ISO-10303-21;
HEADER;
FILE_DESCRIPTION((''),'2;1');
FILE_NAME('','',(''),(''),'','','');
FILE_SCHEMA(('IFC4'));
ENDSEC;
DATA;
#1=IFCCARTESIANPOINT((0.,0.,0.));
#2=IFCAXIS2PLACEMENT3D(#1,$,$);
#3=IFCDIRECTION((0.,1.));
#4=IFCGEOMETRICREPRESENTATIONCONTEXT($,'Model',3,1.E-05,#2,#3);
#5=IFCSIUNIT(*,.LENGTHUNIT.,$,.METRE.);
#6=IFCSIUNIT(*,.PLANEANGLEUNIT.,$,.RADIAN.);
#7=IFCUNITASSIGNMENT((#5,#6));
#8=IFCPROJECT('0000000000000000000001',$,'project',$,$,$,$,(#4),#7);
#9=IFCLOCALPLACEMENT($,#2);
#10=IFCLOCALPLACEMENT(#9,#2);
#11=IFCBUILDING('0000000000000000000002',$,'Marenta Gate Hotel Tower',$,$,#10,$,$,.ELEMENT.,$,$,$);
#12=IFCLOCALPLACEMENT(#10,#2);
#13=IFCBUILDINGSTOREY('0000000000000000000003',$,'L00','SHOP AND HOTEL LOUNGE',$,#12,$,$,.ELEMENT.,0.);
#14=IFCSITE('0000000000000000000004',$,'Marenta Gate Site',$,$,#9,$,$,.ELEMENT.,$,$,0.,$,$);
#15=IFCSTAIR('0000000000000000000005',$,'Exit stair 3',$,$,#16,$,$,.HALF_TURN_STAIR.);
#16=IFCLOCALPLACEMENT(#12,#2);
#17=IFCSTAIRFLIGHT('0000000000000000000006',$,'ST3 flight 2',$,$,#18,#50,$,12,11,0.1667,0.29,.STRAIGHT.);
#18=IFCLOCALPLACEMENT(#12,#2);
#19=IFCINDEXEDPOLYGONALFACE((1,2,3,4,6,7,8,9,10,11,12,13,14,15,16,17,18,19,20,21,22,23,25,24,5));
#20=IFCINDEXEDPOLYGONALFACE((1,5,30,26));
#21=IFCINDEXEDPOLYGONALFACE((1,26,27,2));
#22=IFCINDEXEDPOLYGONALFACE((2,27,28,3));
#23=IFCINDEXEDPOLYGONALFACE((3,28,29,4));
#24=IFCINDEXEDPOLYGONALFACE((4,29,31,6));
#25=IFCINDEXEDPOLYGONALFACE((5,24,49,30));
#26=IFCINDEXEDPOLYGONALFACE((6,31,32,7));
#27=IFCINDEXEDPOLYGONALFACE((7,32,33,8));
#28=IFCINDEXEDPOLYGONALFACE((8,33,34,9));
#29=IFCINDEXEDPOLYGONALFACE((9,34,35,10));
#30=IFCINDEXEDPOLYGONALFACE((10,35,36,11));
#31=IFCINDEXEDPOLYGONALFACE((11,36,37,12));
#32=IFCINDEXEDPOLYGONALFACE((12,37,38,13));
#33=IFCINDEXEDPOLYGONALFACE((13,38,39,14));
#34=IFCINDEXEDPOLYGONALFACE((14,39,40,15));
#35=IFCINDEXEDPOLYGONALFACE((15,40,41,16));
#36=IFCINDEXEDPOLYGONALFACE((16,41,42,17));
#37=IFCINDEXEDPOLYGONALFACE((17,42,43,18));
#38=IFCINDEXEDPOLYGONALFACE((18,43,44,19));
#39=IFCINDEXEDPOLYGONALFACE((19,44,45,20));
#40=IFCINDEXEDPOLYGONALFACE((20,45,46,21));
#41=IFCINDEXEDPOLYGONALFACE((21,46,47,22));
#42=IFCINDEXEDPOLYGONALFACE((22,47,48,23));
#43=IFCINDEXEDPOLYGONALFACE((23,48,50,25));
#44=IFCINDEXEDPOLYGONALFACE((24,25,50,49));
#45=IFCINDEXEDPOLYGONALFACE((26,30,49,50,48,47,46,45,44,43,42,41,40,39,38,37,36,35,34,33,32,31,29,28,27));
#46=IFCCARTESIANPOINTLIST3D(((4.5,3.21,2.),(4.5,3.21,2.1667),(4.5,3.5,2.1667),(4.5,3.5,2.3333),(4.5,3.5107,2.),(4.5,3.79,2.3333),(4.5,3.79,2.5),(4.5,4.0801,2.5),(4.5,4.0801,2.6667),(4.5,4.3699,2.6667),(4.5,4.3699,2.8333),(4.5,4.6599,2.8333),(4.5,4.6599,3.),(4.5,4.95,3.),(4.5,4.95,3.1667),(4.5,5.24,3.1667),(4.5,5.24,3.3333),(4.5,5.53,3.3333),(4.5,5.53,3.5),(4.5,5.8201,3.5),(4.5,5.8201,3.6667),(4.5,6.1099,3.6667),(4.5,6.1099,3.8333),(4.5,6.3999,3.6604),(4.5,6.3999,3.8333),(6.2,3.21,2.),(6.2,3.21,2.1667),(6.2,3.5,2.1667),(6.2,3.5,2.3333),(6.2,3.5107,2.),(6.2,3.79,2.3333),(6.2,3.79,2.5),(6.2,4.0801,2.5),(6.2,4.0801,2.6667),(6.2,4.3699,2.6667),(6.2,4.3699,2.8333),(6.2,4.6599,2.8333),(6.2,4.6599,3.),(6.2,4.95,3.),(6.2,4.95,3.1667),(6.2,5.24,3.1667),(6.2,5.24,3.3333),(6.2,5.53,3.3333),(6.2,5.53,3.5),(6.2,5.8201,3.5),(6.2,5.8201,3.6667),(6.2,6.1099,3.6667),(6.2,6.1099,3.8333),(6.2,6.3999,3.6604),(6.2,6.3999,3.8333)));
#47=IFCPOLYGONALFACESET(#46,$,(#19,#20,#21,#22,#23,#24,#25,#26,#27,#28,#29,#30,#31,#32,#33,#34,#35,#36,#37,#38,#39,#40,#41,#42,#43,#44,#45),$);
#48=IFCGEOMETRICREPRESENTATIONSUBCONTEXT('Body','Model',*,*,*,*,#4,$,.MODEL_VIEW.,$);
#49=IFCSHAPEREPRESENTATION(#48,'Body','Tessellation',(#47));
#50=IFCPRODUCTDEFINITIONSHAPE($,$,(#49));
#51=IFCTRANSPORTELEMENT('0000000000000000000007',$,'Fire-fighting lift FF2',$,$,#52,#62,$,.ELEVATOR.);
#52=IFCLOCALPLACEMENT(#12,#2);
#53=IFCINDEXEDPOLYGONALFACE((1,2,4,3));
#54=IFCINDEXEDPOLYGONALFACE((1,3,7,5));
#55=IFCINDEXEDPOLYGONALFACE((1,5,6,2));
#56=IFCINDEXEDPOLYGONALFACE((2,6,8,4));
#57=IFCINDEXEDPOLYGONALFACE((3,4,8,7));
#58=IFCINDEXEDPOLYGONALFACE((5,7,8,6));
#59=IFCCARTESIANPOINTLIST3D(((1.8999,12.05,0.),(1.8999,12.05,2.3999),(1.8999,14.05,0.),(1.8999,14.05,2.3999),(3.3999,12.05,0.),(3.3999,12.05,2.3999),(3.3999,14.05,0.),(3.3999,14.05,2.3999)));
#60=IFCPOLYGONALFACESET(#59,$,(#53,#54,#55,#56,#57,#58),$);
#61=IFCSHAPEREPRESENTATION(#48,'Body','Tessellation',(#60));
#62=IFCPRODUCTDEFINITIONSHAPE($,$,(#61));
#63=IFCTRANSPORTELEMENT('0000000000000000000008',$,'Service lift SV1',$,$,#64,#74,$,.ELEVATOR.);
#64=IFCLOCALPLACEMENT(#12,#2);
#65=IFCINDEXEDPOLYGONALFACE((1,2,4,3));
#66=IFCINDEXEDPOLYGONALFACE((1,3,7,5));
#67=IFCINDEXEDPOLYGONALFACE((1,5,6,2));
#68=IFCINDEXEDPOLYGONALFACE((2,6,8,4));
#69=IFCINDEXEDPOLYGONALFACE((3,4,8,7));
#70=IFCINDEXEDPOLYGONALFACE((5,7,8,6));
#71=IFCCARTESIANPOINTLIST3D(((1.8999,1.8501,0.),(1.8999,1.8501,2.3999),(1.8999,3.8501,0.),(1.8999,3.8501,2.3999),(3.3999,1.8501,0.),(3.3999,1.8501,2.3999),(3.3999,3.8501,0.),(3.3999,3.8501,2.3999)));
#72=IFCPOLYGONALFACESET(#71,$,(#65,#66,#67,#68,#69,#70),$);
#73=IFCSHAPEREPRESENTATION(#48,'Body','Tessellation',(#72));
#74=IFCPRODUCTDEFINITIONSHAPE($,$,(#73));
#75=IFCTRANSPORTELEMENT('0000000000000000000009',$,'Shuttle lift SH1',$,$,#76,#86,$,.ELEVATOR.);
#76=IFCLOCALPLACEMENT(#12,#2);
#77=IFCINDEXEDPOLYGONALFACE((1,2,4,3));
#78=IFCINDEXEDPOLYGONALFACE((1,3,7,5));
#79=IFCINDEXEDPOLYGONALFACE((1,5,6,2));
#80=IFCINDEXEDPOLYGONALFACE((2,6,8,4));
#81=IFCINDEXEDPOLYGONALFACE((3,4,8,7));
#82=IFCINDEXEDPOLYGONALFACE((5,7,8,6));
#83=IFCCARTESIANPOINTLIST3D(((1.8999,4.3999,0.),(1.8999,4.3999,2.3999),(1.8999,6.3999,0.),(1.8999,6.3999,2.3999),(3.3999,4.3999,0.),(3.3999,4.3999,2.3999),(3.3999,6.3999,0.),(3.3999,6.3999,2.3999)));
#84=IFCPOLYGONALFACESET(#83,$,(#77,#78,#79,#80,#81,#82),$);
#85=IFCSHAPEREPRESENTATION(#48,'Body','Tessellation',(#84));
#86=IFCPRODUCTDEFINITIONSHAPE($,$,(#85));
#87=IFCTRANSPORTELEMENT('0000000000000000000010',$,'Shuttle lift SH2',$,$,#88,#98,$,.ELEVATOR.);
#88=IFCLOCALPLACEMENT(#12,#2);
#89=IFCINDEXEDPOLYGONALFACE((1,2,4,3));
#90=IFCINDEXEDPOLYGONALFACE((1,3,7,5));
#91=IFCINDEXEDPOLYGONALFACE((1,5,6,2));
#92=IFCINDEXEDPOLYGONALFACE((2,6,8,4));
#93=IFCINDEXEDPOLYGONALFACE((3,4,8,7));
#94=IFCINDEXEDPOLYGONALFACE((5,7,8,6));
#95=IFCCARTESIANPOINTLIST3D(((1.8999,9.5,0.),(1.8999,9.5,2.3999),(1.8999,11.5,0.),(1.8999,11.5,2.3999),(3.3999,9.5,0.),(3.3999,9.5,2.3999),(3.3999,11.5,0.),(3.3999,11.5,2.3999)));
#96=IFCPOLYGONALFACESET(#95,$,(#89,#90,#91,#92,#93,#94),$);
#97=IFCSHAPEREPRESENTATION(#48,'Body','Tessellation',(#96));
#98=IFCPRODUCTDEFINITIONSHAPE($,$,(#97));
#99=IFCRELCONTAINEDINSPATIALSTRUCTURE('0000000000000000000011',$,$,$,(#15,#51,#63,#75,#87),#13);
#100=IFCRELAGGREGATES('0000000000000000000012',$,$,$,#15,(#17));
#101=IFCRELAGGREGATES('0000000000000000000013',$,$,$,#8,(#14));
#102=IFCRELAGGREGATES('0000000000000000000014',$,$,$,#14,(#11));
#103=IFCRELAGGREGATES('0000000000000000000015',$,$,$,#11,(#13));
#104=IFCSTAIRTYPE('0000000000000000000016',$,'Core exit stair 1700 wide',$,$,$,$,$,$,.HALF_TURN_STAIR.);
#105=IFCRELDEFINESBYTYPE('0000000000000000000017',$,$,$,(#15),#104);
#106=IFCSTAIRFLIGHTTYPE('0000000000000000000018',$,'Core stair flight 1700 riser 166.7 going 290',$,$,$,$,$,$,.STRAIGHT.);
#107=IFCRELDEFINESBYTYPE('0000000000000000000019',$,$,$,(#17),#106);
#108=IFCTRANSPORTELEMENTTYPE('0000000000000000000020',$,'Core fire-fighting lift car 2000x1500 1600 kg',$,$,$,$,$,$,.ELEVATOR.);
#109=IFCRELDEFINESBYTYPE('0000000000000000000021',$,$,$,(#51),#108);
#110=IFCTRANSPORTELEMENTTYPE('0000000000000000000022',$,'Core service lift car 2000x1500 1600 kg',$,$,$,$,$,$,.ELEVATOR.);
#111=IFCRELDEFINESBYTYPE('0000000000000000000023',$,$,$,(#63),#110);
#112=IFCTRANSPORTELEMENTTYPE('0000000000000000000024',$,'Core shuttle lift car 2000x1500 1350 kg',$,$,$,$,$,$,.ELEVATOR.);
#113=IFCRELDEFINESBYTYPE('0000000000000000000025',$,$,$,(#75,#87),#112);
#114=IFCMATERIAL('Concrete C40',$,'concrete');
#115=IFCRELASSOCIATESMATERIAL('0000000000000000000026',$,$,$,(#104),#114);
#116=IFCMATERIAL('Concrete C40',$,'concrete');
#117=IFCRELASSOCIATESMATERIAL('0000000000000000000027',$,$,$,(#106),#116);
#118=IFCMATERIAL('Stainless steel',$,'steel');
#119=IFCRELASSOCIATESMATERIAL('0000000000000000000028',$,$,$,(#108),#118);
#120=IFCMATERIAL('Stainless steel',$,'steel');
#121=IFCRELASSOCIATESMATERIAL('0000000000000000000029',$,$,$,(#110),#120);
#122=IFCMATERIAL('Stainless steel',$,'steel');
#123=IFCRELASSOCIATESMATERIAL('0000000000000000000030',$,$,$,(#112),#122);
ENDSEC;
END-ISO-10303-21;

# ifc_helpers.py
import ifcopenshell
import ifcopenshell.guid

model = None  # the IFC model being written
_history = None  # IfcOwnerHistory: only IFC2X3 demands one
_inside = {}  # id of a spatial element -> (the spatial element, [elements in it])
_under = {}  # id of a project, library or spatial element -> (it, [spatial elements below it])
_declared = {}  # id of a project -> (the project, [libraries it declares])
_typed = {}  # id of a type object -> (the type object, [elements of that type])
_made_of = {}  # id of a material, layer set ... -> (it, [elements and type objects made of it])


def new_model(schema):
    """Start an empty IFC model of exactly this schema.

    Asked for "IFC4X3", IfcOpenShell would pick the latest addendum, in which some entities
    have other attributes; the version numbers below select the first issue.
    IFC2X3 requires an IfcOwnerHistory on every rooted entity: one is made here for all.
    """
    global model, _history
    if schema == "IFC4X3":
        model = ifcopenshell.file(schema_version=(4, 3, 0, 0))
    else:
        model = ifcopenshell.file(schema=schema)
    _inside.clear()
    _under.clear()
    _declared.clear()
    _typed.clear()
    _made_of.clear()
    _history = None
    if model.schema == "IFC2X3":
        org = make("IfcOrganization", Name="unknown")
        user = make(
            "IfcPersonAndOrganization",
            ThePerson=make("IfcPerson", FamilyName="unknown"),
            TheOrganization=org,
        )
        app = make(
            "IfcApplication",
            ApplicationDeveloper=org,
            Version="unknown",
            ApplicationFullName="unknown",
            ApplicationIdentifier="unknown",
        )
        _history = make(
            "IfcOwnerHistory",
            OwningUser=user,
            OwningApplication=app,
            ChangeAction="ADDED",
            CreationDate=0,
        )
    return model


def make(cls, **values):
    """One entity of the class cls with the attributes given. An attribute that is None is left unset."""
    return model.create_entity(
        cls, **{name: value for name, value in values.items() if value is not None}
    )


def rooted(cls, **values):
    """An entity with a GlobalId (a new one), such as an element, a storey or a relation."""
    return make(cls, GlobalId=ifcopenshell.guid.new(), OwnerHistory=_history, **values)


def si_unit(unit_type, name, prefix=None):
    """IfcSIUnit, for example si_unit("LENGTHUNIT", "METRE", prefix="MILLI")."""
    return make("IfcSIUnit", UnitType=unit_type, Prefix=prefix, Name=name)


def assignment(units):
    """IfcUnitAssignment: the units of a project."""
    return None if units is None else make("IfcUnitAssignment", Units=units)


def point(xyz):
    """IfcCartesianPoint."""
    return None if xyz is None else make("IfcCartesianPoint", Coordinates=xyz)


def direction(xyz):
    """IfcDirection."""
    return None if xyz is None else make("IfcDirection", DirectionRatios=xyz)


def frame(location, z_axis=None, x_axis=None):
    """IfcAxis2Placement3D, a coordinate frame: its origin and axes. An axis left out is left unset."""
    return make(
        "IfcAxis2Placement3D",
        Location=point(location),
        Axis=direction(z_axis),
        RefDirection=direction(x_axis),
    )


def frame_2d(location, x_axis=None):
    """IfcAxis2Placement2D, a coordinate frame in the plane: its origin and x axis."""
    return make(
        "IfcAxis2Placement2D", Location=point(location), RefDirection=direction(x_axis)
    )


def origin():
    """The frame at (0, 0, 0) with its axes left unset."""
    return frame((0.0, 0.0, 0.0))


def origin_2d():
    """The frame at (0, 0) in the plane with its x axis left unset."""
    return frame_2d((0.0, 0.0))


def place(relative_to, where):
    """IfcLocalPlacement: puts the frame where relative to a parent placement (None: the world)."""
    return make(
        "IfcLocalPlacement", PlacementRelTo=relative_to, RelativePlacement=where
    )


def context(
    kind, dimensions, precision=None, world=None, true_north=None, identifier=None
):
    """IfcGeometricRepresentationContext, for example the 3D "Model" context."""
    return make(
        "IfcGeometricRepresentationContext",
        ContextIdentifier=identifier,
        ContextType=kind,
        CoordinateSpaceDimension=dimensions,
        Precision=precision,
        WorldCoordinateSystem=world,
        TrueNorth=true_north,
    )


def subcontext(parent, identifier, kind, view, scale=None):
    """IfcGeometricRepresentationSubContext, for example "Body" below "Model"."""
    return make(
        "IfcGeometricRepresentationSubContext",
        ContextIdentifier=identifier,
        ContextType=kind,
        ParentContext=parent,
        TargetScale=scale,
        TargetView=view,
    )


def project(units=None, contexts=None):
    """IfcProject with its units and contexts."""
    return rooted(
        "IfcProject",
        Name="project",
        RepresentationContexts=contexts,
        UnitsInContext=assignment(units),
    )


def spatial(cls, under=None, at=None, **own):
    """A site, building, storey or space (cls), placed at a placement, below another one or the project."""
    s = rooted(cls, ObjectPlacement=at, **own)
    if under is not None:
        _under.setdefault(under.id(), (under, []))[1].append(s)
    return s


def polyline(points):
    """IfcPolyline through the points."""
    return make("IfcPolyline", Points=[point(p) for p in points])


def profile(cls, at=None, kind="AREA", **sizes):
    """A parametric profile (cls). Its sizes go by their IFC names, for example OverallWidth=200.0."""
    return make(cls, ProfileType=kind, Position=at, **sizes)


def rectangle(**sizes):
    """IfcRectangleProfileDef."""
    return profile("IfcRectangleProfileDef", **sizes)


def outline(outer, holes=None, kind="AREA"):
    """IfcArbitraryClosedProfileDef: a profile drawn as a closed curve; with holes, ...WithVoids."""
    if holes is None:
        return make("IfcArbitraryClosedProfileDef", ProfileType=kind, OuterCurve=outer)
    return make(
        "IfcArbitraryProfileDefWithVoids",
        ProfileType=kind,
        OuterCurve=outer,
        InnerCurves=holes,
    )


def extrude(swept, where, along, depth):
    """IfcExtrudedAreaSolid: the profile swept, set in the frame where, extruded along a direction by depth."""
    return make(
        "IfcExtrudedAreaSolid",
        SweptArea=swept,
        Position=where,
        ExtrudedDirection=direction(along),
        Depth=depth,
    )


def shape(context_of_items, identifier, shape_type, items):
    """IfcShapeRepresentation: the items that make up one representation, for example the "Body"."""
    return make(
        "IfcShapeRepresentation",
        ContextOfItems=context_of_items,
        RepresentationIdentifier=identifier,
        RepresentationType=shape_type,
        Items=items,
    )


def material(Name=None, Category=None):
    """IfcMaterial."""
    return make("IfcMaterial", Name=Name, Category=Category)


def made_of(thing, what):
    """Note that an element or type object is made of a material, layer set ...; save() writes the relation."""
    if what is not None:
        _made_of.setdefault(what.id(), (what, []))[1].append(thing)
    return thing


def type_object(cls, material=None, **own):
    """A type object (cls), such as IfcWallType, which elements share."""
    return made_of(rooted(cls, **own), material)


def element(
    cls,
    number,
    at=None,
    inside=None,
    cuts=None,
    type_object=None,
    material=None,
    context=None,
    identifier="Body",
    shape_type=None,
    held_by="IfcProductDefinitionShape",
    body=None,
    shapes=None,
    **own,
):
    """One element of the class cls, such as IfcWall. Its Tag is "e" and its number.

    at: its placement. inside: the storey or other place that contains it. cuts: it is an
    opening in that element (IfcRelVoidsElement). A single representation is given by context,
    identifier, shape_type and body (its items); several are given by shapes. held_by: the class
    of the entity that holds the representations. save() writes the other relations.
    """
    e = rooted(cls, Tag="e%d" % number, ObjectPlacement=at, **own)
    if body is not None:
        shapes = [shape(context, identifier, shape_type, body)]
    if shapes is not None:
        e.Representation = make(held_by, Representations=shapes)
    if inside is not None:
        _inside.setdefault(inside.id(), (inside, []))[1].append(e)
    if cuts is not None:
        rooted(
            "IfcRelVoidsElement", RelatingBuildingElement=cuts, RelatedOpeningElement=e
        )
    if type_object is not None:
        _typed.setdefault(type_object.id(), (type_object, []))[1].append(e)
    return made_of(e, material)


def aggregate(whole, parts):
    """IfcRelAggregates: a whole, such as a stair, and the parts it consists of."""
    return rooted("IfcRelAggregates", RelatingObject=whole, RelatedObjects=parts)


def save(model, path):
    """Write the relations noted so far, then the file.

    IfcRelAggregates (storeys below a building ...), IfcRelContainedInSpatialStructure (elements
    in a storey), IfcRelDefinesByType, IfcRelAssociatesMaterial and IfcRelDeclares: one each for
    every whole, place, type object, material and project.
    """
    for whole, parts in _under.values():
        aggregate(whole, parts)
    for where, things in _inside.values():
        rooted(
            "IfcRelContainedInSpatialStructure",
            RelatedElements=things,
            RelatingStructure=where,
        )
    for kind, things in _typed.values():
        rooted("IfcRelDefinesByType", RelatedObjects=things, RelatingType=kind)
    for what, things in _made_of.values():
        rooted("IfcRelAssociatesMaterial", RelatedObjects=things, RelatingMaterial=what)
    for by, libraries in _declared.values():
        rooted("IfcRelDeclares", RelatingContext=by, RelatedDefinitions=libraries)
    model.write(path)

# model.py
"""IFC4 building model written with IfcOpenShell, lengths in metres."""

from ifc_helpers import new_model, si_unit, direction, frame, origin, origin_2d, place, context, subcontext, project, spatial, polyline, rectangle, outline, extrude, material, type_object, element, aggregate, save


model = new_model("IFC4")

# Units and contexts
model_context = context("Model", 3, precision=1e-05, world=origin(), true_north=direction((0.0, 1.0)))
body_context = subcontext(model_context, "Body", "Model", "MODEL_VIEW")
ifc_project = project(units=[si_unit("LENGTHUNIT", "METRE"), si_unit("PLANEANGLEUNIT", "RADIAN")], contexts=[model_context])

# Site, building, storey
site_placement = place(None, origin())
site = spatial("IfcSite", under=ifc_project, at=site_placement, Name="Marenta Gate Site", CompositionType="ELEMENT", RefElevation=0.0)
building_placement = place(site_placement, origin())
building = spatial("IfcBuilding", under=site, at=building_placement, Name="Marenta Gate Hotel Tower", CompositionType="ELEMENT")
storey_placement = place(building_placement, origin())
storey = spatial("IfcBuildingStorey", under=building, at=storey_placement, Name="L00", Description="SHOP AND HOTEL LOUNGE", CompositionType="ELEMENT", Elevation=0.0)

# Stair, stair flight
ifc_material_1 = material(Name="Concrete C40", Category="concrete")
stair_type_1 = type_object("IfcStairType", Name="Core exit stair 1700 wide", PredefinedType="HALF_TURN_STAIR", material=ifc_material_1)
stair_1_placement = place(storey_placement, origin())
stair_1 = element("IfcStair", 1, at=stair_1_placement, inside=storey, type_object=stair_type_1, Name="Exit stair 3", PredefinedType="HALF_TURN_STAIR")
ifc_material_2 = material(Name="Concrete C40", Category="concrete")
stair_flight_type = type_object("IfcStairFlightType", Name="Core stair flight 1700 riser 166.7 going 290", PredefinedType="STRAIGHT", material=ifc_material_2)
stair_flight_placement = place(storey_placement, frame((5.3501, 3.21, 2.0), z_axis=(0.0, 0.0, 1.0), x_axis=(0.0, 1.0, 0.0)))
stair_flight = element("IfcStairFlight", 2, at=stair_flight_placement, type_object=stair_flight_type, Name="ST3 flight 2", NumberOfRisers=12, NumberOfTreads=11, PredefinedType="STRAIGHT", RiserHeight=0.1667, TreadLength=0.29, context=body_context, shape_type="SweptSolid", body=[
    extrude(outline(polyline([(0.0, 0.0), (0.0, 0.1667), (0.29, 0.1667), (0.29, 0.3333), (0.5801, 0.3333), (0.5801, 0.5), (0.8701, 0.5), (0.8701, 0.6667), (1.1599, 0.6667), (1.1599, 0.8333), (1.45, 0.8333), (1.45, 1.0), (1.74, 1.0), (1.74, 1.1667), (2.03, 1.1667), (2.03, 1.3333), (2.3201, 1.3333), (2.3201, 1.5), (2.6101, 1.5), (2.6101, 1.6667), (2.8999, 1.6667), (2.8999, 1.8333), (3.1899, 1.8333), (3.1899, 2.0), (3.1899, 1.6604), (0.3008, 0.0), (0.0, 0.0)])), frame((0.0, 0.8501, 0.0), z_axis=(0.0, -1.0, 0.0), x_axis=(1.0, 0.0, 0.0)), (0.0, 0.0, 1.0), 1.7),
])
aggregate(stair_1, [stair_flight])

# Transport elements
ifc_material_3 = material(Name="Stainless steel", Category="steel")
transport_element_type_1 = type_object("IfcTransportElementType", Name="Core fire-fighting lift car 2000x1500 1600 kg", PredefinedType="ELEVATOR", material=ifc_material_3)
transport_element_1_placement = place(storey_placement, frame((2.6499, 13.05, 0.0), z_axis=(0.0, 0.0, 1.0), x_axis=(1.0, 0.0, 0.0)))
element("IfcTransportElement", 3, at=transport_element_1_placement, inside=storey, type_object=transport_element_type_1, Name="Fire-fighting lift FF2", PredefinedType="ELEVATOR", context=body_context, shape_type="SweptSolid", body=[
    extrude(rectangle(XDim=1.5, YDim=2.0, at=origin_2d()), origin(), (0.0, 0.0, 1.0), 2.3999),
])
ifc_material_4 = material(Name="Stainless steel", Category="steel")
transport_element_type_2 = type_object("IfcTransportElementType", Name="Core service lift car 2000x1500 1600 kg", PredefinedType="ELEVATOR", material=ifc_material_4)
transport_element_2_placement = place(storey_placement, frame((2.6499, 2.8501, 0.0), z_axis=(0.0, 0.0, 1.0), x_axis=(1.0, 0.0, 0.0)))
element("IfcTransportElement", 4, at=transport_element_2_placement, inside=storey, type_object=transport_element_type_2, Name="Service lift SV1", PredefinedType="ELEVATOR", context=body_context, shape_type="SweptSolid", body=[
    extrude(rectangle(XDim=1.5, YDim=2.0, at=origin_2d()), origin(), (0.0, 0.0, 1.0), 2.3999),
])
ifc_material_5 = material(Name="Stainless steel", Category="steel")
transport_element_type_3 = type_object("IfcTransportElementType", Name="Core shuttle lift car 2000x1500 1350 kg", PredefinedType="ELEVATOR", material=ifc_material_5)
for number, where, z_axis, x_axis, name in (
    (5, (2.6499, 5.3999, 0.0), (0.0, 0.0, 1.0), (1.0, 0.0, 0.0), "Shuttle lift SH1"),
    (6, (2.6499, 10.5, 0.0), (0.0, 0.0, 1.0), (1.0, 0.0, 0.0), "Shuttle lift SH2"),
):
    element("IfcTransportElement", number, at=place(storey_placement, frame(where, z_axis=z_axis, x_axis=x_axis)), inside=storey, type_object=transport_element_type_3, Name=name, PredefinedType="ELEVATOR", context=body_context, shape_type="SweptSolid", body=[
        extrude(rectangle(XDim=1.5, YDim=2.0, at=origin_2d()), origin(), (0.0, 0.0, 1.0), 2.3999),
    ])

save(model, "model.ifc")
